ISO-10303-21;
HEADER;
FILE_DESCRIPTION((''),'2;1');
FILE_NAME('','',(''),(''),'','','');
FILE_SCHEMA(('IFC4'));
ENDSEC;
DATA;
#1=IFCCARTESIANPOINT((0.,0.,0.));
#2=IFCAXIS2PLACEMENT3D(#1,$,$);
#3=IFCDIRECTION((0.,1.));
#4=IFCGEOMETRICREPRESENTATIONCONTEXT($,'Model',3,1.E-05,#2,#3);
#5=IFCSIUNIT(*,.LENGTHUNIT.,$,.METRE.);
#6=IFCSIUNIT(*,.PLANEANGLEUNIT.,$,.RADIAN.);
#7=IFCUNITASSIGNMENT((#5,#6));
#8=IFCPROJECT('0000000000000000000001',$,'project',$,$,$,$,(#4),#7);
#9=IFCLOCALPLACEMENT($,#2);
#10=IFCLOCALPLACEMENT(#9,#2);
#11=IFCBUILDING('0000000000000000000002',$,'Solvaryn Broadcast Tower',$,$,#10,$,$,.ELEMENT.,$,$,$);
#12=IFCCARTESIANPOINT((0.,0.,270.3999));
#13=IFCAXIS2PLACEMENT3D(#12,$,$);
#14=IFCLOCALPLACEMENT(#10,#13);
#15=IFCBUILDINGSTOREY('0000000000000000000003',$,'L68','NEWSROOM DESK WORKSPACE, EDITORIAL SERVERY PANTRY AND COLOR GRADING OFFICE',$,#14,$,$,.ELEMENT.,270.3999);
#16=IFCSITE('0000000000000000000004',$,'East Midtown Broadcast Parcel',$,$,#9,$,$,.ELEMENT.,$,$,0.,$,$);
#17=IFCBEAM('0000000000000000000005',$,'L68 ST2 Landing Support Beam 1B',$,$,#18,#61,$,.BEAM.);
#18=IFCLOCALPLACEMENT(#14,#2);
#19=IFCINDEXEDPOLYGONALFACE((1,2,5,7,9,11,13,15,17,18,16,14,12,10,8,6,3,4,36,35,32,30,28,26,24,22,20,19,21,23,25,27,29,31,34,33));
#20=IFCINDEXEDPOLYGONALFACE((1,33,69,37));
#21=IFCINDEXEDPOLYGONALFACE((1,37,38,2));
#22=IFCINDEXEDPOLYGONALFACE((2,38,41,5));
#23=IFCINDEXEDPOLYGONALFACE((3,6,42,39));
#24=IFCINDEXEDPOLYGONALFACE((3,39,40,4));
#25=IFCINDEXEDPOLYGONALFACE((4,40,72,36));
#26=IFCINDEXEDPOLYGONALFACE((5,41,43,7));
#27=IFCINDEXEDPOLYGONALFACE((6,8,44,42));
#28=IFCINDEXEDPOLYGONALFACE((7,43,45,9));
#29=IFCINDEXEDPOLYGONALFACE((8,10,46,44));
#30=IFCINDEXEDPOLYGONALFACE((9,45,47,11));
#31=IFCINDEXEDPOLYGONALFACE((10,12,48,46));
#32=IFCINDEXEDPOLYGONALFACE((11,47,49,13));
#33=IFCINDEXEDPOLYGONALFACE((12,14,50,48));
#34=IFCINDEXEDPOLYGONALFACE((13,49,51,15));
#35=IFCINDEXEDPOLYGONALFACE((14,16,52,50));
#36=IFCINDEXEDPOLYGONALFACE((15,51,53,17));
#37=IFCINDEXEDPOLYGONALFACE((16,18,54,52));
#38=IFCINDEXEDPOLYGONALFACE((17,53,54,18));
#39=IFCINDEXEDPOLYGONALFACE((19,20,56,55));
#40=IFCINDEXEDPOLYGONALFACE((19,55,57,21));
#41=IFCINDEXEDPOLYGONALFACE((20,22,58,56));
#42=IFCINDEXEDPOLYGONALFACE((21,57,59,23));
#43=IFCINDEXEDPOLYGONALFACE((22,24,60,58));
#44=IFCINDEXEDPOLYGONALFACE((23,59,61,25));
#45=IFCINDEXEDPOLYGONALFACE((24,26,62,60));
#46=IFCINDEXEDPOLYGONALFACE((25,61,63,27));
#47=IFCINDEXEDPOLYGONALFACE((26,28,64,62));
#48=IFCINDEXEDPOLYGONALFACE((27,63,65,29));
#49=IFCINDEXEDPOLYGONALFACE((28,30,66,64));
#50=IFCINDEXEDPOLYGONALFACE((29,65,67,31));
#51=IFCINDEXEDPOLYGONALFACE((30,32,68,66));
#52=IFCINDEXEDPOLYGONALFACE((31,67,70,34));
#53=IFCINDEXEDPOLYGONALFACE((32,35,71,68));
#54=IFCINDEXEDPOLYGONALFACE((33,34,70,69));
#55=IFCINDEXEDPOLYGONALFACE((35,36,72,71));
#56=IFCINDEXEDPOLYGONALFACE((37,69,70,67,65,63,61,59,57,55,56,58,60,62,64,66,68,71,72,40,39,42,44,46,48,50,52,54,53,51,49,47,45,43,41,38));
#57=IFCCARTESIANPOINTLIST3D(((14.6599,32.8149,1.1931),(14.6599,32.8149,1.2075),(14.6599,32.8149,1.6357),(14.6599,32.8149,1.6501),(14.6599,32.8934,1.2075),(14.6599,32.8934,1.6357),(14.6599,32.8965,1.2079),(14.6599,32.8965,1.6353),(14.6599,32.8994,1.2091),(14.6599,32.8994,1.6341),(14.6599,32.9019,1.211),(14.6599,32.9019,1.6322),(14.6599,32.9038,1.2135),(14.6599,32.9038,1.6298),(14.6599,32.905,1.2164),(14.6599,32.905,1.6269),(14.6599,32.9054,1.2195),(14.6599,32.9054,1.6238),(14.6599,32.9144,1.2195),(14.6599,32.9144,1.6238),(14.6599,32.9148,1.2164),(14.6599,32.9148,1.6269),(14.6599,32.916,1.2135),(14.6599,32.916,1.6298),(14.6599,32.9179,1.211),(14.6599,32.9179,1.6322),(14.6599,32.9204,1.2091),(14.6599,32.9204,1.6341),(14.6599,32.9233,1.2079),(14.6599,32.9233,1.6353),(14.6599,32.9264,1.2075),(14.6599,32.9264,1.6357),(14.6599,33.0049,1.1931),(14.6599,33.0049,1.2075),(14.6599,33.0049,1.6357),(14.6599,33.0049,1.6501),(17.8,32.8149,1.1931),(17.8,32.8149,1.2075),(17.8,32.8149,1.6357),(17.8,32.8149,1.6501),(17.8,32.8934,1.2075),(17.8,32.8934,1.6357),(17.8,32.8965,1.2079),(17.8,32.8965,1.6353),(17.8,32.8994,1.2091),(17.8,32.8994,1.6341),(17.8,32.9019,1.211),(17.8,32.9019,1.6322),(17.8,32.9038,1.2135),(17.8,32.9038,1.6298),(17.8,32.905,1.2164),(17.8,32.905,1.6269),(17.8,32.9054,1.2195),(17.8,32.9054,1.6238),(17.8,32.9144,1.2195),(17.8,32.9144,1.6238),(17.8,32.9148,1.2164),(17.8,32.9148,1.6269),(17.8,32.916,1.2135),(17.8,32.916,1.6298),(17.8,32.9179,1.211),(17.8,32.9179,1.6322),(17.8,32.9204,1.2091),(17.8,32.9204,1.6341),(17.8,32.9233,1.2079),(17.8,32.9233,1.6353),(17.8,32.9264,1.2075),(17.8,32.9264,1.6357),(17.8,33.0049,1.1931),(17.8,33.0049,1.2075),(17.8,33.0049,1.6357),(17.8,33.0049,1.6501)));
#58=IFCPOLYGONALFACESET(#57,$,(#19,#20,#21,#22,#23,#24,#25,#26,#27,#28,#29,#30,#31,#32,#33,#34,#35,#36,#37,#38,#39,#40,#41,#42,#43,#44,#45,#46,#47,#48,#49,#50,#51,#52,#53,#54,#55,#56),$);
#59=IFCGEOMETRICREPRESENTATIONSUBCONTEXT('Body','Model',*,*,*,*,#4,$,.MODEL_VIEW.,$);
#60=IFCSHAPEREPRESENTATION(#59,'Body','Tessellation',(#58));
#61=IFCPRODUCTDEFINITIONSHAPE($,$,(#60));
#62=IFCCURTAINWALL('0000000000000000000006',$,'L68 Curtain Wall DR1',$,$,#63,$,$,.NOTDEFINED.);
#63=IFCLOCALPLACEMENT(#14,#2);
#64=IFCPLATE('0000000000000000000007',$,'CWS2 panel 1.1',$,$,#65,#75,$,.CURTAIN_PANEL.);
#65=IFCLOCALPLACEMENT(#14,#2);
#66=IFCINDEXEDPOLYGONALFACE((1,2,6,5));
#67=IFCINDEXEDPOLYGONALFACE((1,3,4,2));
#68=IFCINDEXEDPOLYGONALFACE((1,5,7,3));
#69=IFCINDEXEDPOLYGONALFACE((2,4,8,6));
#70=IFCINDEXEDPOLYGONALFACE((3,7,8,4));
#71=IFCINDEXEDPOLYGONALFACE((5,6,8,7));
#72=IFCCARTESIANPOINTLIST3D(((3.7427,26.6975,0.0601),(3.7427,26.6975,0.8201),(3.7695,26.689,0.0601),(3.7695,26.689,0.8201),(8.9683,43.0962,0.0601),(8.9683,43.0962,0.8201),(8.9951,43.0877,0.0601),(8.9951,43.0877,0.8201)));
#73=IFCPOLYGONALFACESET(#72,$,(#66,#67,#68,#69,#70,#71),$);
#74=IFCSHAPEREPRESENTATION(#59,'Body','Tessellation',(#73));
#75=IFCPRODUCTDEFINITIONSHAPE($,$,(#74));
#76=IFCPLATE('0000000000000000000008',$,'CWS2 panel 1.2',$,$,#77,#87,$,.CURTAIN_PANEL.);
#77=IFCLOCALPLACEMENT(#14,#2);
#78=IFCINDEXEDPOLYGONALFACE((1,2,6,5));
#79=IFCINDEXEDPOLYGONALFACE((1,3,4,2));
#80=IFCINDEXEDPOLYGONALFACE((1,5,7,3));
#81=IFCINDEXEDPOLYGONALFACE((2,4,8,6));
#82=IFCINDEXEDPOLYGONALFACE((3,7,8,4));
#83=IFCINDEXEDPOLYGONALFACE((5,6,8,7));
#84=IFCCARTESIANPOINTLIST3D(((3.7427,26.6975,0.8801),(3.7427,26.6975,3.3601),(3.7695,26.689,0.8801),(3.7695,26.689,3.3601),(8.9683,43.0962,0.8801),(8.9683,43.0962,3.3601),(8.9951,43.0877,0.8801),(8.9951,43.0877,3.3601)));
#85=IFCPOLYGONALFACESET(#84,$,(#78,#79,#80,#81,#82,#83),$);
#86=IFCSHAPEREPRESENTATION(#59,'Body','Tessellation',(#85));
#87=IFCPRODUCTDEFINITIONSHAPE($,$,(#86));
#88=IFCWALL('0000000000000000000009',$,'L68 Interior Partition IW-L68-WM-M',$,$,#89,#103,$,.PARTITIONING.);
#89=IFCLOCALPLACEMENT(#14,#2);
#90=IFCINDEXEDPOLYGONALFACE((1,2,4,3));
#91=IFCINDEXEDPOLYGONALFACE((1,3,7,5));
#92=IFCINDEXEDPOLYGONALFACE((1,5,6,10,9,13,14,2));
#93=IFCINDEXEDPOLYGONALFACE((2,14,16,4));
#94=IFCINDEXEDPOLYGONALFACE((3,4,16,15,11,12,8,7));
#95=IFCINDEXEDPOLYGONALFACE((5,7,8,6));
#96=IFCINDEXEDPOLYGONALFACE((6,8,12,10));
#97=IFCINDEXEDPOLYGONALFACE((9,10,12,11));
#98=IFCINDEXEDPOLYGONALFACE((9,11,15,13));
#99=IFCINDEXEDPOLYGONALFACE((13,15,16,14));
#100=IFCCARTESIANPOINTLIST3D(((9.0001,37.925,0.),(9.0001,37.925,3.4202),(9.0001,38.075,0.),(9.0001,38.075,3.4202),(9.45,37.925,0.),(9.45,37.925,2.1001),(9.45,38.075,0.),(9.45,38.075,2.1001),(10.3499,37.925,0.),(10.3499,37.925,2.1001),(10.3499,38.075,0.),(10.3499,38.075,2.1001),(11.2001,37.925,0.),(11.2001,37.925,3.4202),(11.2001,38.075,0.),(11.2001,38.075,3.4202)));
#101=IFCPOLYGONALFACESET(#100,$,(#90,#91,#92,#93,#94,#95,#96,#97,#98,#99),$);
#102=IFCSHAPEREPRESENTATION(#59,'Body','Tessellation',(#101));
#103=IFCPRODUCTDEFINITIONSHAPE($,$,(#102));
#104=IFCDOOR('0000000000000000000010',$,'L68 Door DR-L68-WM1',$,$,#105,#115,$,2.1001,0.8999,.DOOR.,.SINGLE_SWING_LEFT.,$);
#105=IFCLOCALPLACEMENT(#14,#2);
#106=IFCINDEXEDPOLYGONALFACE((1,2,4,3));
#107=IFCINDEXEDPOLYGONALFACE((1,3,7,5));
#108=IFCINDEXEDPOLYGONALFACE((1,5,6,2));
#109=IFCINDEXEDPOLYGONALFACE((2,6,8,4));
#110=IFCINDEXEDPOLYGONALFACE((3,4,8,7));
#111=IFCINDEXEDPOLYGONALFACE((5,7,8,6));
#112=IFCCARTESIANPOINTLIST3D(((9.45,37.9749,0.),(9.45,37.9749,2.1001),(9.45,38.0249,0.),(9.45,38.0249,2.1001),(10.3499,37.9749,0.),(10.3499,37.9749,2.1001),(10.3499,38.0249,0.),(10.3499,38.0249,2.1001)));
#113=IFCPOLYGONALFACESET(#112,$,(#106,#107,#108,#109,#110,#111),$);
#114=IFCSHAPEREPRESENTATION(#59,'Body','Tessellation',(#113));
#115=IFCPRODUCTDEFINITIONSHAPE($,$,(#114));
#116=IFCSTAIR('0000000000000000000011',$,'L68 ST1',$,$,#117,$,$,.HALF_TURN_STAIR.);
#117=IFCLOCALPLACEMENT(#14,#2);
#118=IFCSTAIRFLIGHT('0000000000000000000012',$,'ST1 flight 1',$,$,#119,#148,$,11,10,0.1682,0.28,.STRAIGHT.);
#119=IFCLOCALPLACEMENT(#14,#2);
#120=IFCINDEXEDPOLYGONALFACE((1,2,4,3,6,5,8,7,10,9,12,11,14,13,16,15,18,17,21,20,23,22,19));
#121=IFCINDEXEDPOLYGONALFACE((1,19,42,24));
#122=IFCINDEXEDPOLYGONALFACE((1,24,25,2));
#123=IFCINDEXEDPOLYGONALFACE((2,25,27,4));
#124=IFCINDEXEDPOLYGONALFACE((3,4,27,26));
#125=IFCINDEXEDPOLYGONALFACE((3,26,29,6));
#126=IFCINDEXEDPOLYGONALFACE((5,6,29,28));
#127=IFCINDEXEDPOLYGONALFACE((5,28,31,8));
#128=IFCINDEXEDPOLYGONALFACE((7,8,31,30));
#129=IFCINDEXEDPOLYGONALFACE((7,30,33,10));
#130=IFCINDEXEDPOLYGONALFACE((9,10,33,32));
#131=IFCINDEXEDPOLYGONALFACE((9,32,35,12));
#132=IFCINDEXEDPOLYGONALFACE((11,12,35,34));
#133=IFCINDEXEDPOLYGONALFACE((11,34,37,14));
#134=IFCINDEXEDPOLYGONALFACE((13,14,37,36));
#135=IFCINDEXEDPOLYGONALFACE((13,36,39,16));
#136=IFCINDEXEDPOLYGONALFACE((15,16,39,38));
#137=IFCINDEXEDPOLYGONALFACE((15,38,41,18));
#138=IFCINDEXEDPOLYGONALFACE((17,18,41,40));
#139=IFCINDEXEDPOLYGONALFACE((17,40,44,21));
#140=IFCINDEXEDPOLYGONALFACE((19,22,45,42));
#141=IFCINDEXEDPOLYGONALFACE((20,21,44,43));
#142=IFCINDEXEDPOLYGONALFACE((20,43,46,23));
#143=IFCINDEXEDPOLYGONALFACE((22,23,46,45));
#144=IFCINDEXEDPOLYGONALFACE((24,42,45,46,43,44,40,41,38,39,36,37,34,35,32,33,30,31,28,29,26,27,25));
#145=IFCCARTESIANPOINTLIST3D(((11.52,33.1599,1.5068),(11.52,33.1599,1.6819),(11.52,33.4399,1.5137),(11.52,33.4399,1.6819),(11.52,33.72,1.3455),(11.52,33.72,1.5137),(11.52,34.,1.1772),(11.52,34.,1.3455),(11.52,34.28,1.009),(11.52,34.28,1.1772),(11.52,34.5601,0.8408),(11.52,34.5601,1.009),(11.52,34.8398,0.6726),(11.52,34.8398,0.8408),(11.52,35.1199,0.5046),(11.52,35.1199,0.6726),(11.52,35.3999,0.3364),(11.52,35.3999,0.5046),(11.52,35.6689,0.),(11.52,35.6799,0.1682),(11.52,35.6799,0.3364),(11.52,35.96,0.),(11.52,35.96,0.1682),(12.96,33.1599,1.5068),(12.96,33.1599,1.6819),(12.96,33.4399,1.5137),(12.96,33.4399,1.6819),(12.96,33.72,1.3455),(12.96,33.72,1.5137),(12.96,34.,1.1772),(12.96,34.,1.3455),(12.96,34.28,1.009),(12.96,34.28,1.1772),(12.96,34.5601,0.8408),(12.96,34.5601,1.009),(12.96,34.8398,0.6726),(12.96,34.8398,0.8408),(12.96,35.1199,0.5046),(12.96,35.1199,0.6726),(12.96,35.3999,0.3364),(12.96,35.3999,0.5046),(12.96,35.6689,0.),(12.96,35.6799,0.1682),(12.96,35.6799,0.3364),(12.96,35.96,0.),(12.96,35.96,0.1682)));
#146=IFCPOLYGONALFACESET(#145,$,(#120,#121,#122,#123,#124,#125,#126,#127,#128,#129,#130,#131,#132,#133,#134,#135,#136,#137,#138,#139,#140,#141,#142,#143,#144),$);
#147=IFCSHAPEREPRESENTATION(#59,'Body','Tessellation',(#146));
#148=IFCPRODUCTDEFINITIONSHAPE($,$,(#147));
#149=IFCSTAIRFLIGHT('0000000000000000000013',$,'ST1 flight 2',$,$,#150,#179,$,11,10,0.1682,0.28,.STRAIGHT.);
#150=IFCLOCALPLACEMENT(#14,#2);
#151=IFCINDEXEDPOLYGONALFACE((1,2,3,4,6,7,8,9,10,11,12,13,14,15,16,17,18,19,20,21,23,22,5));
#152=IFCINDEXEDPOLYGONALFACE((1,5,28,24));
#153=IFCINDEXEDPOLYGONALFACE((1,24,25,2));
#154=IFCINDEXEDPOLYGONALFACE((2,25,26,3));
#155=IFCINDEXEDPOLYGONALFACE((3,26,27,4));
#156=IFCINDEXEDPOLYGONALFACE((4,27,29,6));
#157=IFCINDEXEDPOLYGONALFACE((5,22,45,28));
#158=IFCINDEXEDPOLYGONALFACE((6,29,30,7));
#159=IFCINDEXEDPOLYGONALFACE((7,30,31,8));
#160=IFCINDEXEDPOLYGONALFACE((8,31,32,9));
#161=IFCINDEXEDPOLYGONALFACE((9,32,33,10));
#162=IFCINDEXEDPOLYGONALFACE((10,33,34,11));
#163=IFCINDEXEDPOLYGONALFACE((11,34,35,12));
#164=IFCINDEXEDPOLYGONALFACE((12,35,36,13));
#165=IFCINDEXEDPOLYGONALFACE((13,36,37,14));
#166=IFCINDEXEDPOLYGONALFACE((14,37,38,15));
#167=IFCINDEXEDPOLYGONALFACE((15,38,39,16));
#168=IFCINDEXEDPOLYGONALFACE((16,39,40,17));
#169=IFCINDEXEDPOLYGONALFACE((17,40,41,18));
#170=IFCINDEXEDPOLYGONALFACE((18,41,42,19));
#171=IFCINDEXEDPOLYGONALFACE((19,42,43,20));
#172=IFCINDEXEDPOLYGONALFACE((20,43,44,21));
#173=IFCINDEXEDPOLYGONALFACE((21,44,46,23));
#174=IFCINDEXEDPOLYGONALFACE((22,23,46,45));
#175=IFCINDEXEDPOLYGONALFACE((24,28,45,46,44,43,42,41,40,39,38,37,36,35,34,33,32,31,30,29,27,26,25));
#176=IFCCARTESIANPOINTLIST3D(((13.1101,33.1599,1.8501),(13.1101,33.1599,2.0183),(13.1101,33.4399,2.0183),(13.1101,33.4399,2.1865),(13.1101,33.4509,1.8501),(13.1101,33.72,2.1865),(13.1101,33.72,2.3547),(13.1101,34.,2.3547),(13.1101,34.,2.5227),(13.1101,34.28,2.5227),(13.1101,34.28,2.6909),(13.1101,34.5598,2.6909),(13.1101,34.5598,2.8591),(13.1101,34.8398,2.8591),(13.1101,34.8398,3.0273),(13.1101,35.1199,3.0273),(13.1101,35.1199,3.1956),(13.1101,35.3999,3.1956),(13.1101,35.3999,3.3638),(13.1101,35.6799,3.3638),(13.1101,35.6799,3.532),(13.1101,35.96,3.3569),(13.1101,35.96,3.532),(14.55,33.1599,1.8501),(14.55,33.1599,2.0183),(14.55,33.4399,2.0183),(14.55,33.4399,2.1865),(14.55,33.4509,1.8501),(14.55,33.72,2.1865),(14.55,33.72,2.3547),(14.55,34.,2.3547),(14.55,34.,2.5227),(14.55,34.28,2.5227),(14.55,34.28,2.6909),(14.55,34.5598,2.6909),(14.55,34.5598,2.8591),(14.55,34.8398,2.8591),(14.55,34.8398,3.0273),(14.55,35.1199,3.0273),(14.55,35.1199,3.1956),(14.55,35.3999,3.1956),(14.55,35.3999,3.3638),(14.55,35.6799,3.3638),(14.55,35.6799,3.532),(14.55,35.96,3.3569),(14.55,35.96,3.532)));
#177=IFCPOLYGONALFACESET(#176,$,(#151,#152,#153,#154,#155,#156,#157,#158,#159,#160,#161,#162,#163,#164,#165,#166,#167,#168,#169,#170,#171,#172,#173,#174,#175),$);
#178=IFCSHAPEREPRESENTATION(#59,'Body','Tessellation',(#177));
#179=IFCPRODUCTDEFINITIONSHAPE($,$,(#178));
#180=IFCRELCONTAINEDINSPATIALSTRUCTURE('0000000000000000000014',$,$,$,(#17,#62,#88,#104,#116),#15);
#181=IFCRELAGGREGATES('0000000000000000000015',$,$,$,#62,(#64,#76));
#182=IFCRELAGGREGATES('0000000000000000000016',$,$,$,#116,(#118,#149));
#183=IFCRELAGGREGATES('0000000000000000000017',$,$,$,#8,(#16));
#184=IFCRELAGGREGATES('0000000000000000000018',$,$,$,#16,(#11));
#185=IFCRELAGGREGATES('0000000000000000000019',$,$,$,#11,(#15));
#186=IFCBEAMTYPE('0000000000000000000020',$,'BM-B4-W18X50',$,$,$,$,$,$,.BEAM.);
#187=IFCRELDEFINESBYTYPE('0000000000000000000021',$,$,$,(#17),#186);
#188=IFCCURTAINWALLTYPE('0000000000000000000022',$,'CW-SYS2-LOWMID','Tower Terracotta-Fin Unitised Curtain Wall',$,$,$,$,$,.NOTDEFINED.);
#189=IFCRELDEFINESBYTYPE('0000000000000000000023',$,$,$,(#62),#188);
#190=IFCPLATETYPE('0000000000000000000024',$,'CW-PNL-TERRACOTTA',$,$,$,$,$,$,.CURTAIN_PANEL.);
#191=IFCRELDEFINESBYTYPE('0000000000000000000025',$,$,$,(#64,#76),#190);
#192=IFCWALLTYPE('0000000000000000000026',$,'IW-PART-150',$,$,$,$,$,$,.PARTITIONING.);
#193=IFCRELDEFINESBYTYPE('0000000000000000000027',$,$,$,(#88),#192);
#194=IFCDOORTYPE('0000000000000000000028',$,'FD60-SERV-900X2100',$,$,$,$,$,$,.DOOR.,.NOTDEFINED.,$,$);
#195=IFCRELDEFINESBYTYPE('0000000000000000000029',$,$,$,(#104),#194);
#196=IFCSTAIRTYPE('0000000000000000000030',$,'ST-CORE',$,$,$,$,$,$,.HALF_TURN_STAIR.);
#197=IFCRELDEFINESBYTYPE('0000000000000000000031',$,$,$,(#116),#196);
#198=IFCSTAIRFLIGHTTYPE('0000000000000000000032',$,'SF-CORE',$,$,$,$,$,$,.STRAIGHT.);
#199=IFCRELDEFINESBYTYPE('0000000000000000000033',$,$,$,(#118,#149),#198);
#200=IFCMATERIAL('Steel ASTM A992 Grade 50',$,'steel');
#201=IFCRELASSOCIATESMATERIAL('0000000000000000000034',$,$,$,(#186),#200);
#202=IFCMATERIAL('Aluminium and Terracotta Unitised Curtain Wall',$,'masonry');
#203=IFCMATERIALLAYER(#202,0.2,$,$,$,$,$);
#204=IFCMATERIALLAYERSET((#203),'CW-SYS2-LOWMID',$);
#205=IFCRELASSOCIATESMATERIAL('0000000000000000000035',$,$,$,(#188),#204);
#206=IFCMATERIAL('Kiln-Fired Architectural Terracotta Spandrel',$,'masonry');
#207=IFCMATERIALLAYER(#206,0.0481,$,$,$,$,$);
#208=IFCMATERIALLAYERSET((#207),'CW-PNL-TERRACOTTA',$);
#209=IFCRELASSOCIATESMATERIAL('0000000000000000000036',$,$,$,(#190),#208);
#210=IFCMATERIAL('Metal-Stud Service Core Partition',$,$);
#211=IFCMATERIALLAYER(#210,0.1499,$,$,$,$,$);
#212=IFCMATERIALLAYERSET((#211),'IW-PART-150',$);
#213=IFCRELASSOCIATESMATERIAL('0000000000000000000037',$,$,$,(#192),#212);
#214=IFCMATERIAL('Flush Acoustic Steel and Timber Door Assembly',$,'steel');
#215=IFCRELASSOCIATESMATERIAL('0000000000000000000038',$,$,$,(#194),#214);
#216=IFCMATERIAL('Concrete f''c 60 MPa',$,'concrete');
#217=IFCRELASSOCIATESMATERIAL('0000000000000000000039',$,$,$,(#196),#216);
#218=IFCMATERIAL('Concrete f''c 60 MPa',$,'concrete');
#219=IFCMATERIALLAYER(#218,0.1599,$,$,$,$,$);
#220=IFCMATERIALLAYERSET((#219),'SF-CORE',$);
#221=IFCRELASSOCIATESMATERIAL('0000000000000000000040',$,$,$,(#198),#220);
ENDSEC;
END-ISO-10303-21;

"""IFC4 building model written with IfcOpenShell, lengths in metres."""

from ifc_helpers import new_model, si_unit, direction, frame, frame_2d, origin, origin_2d, place, context, subcontext, project, spatial, polyline, rectangle, i_section, outline, extrude, material, layer, layer_set, material_profile, profile_set, type_object, element, fill, aggregate, save


model = new_model("IFC4")

# Units and contexts
model_context = context("Model", 3, precision=1e-05, world=origin(), true_north=direction((0.0, 1.0)))
body_context = subcontext(model_context, "Body", "Model", "MODEL_VIEW")
ifc_project = project(units=[si_unit("LENGTHUNIT", "METRE"), si_unit("PLANEANGLEUNIT", "RADIAN")], contexts=[model_context])

# Site, building, storey
site_placement = place(None, origin())
site = spatial("IfcSite", under=ifc_project, at=site_placement, Name="East Midtown Broadcast Parcel", CompositionType="ELEMENT", RefElevation=0.0)
building_placement = place(site_placement, origin())
building = spatial("IfcBuilding", under=site, at=building_placement, Name="Solvaryn Broadcast Tower", CompositionType="ELEMENT")
storey_placement = place(building_placement, frame((0.0, 0.0, 270.3999)))
storey = spatial("IfcBuildingStorey", under=building, at=storey_placement, Name="L68", Description="NEWSROOM DESK WORKSPACE, EDITORIAL SERVERY PANTRY AND COLOR GRADING OFFICE", CompositionType="ELEMENT", Elevation=270.3999)

# Beam
ifc_material_1 = material(Name="Steel ASTM A992 Grade 50", Category="steel")
ifc_material_profile_1 = material_profile(ifc_material_1, i_section(OverallWidth=0.1899, OverallDepth=0.457, WebThickness=0.009, FlangeThickness=0.0144, FilletRadius=0.012, at=origin_2d()))
ifc_profile_set_1 = profile_set([ifc_material_profile_1], Name="Steel ASTM A992 Grade 50")
beam_type_1 = type_object("IfcBeamType", Name="BM-B4-W18X50", PredefinedType="BEAM", material=ifc_profile_set_1)
beam_1_placement = place(storey_placement, frame((14.6599, 32.9099, 1.4216), z_axis=(1.0, 0.0, 0.0), x_axis=(0.0, 1.0, 0.0)))
element("IfcBeam", 1, at=beam_1_placement, inside=storey, type_object=beam_type_1, Name="L68 ST2 Landing Support Beam 1B", PredefinedType="BEAM", context=body_context, shape_type="SweptSolid", body=[
    extrude(i_section(OverallWidth=0.1899, OverallDepth=0.457, WebThickness=0.009, FlangeThickness=0.0144, FilletRadius=0.012, at=origin_2d()), origin(), (0.0, 0.0, 1.0), 3.1401),
])

# Curtain wall, plates
ifc_material_2 = material(Name="Aluminium and Terracotta Unitised Curtain Wall", Category="masonry")
ifc_layer_1 = layer(ifc_material_2, 0.2)
ifc_layer_set_1 = layer_set([ifc_layer_1], Name="CW-SYS2-LOWMID")
curtain_wall_type = type_object("IfcCurtainWallType", Name="CW-SYS2-LOWMID", Description="Tower Terracotta-Fin Unitised Curtain Wall", PredefinedType="NOTDEFINED", material=ifc_layer_set_1)
curtain_wall_placement = place(storey_placement, origin())
curtain_wall = element("IfcCurtainWall", 2, at=curtain_wall_placement, inside=storey, type_object=curtain_wall_type, Name="L68 Curtain Wall DR1", PredefinedType="NOTDEFINED")
ifc_material_3 = material(Name="Kiln-Fired Architectural Terracotta Spandrel", Category="masonry")
ifc_layer_2 = layer(ifc_material_3, 0.0481)
ifc_layer_set_2 = layer_set([ifc_layer_2], Name="CW-PNL-TERRACOTTA")
plate_type = type_object("IfcPlateType", Name="CW-PNL-TERRACOTTA", PredefinedType="CURTAIN_PANEL", material=ifc_layer_set_2)
plate_1_placement = place(storey_placement, frame((6.3689, 34.8926, 0.0601), z_axis=(0.0, 0.0, 1.0), x_axis=(-0.303616, -0.952795, 0.0)))
plate_1 = element("IfcPlate", 3, at=plate_1_placement, type_object=plate_type, Name="CWS2 panel 1.1", PredefinedType="CURTAIN_PANEL", context=body_context, shape_type="SweptSolid", body=[
    extrude(rectangle(XDim=17.2112, YDim=0.0281, at=origin_2d()), origin(), (0.0, 0.0, 1.0), 0.76),
])
plate_2_placement = place(storey_placement, frame((6.3689, 34.8926, 0.8801), z_axis=(0.0, 0.0, 1.0), x_axis=(-0.303616, -0.952795, 0.0)))
plate_2 = element("IfcPlate", 4, at=plate_2_placement, type_object=plate_type, Name="CWS2 panel 1.2", PredefinedType="CURTAIN_PANEL", context=body_context, shape_type="SweptSolid", body=[
    extrude(rectangle(XDim=17.2112, YDim=0.0281, at=origin_2d()), origin(), (0.0, 0.0, 1.0), 2.48),
])
aggregate(curtain_wall, [plate_1, plate_2])

# Wall, opening, door
ifc_material_4 = material(Name="Metal-Stud Service Core Partition")
ifc_layer_3 = layer(ifc_material_4, 0.1499)
ifc_layer_set_3 = layer_set([ifc_layer_3], Name="IW-PART-150")
wall_type = type_object("IfcWallType", Name="IW-PART-150", PredefinedType="PARTITIONING", material=ifc_layer_set_3)
wall_placement = place(storey_placement, frame((9.0, 38.0, 0.0), z_axis=(0.0, 0.0, 1.0), x_axis=(1.0, 0.0, 0.0)))
wall = element("IfcWall", 5, at=wall_placement, inside=storey, type_object=wall_type, Name="L68 Interior Partition IW-L68-WM-M", PredefinedType="PARTITIONING", context=body_context, shape_type="SweptSolid", body=[
    extrude(rectangle(XDim=2.2, YDim=0.1499, at=frame_2d((1.1001, 0.0))), origin(), (0.0, 0.0, 1.0), 3.4202),
])
opening_placement = place(wall_placement, frame((0.45, 0.0, 0.0)))
opening = element("IfcOpeningElement", 6, at=opening_placement, cuts=wall, PredefinedType="OPENING", context=body_context, shape_type="SweptSolid", body=[
    extrude(rectangle(XDim=0.8999, YDim=2.1001, at=frame_2d((0.45, 1.05))), frame((0.0, 0.085, 0.0), z_axis=(0.0, -1.0, 0.0), x_axis=(1.0, 0.0, 0.0)), (0.0, 0.0, 1.0), 0.1699),
])
ifc_material_5 = material(Name="Flush Acoustic Steel and Timber Door Assembly", Category="steel")
door_type = type_object("IfcDoorType", Name="FD60-SERV-900X2100", OperationType="NOTDEFINED", PredefinedType="DOOR", material=ifc_material_5)
door_placement = place(opening_placement, origin())
door = element("IfcDoor", 7, at=door_placement, inside=storey, type_object=door_type, Name="L68 Door DR-L68-WM1", OperationType="SINGLE_SWING_LEFT", OverallHeight=2.1001, OverallWidth=0.8999, PredefinedType="DOOR", context=body_context, shape_type="SweptSolid", body=[
    extrude(rectangle(XDim=0.8999, YDim=2.1001, at=frame_2d((0.45, 1.05))), frame((0.0, 0.0249, 0.0), z_axis=(0.0, -1.0, 0.0), x_axis=(1.0, 0.0, 0.0)), (0.0, 0.0, 1.0), 0.05),
])
fill(opening, door)

# Stair, stair flights
ifc_material_6 = material(Name="Concrete f'c 60 MPa", Category="concrete")
stair_type = type_object("IfcStairType", Name="ST-CORE", PredefinedType="HALF_TURN_STAIR", material=ifc_material_6)
stair_placement = place(storey_placement, origin())
stair = element("IfcStair", 8, at=stair_placement, inside=storey, type_object=stair_type, Name="L68 ST1", PredefinedType="HALF_TURN_STAIR")
ifc_material_7 = material(Name="Concrete f'c 60 MPa", Category="concrete")
ifc_layer_4 = layer(ifc_material_7, 0.1599)
ifc_layer_set_4 = layer_set([ifc_layer_4], Name="SF-CORE")
stair_flight_type = type_object("IfcStairFlightType", Name="SF-CORE", PredefinedType="STRAIGHT", material=ifc_layer_set_4)
stair_flight_1_placement = place(storey_placement, frame((12.24, 35.96, 0.0), z_axis=(0.0, 0.0, 1.0), x_axis=(0.0, -1.0, 0.0)))
stair_flight_1 = element("IfcStairFlight", 9, at=stair_flight_1_placement, type_object=stair_flight_type, Name="ST1 flight 1", NumberOfRisers=11, NumberOfTreads=10, PredefinedType="STRAIGHT", RiserHeight=0.1682, TreadLength=0.28, context=body_context, shape_type="SweptSolid", body=[
    extrude(outline(polyline([(0.0, 0.0), (0.0, 0.1682), (0.28, 0.1682), (0.28, 0.3364), (0.5601, 0.3364), (0.5601, 0.5046), (0.8401, 0.5046), (0.8401, 0.6726), (1.1201, 0.6726), (1.1201, 0.8408), (1.3999, 0.8408), (1.3999, 1.009), (1.6799, 1.009), (1.6799, 1.1772), (1.96, 1.1772), (1.96, 1.3455), (2.24, 1.3455), (2.24, 1.5137), (2.52, 1.5137), (2.52, 1.6819), (2.8, 1.6819), (2.8, 1.8501), (2.8, 1.5068), (0.291, 0.0), (0.0, 0.0)])), frame((0.0, 0.72, 0.0), z_axis=(0.0, -1.0, 0.0), x_axis=(1.0, 0.0, 0.0)), (0.0, 0.0, 1.0), 1.4399),
])
stair_flight_2_placement = place(storey_placement, frame((13.8301, 33.1599, 1.8501), z_axis=(0.0, 0.0, 1.0), x_axis=(0.0, 1.0, 0.0)))
stair_flight_2 = element("IfcStairFlight", 10, at=stair_flight_2_placement, type_object=stair_flight_type, Name="ST1 flight 2", NumberOfRisers=11, NumberOfTreads=10, PredefinedType="STRAIGHT", RiserHeight=0.1682, TreadLength=0.28, context=body_context, shape_type="SweptSolid", body=[
    extrude(outline(polyline([(0.0, 0.0), (0.0, 0.1682), (0.28, 0.1682), (0.28, 0.3364), (0.5601, 0.3364), (0.5601, 0.5046), (0.8401, 0.5046), (0.8401, 0.6726), (1.1201, 0.6726), (1.1201, 0.8408), (1.3999, 0.8408), (1.3999, 1.009), (1.6799, 1.009), (1.6799, 1.1772), (1.96, 1.1772), (1.96, 1.3455), (2.24, 1.3455), (2.24, 1.5137), (2.52, 1.5137), (2.52, 1.6819), (2.8, 1.6819), (2.8, 1.8501), (2.8, 1.5068), (0.291, 0.0), (0.0, 0.0)])), frame((0.0, 0.72, 0.0), z_axis=(0.0, -1.0, 0.0), x_axis=(1.0, 0.0, 0.0)), (0.0, 0.0, 1.0), 1.4399),
])
aggregate(stair, [stair_flight_1, stair_flight_2])

save(model, "model.ifc")
